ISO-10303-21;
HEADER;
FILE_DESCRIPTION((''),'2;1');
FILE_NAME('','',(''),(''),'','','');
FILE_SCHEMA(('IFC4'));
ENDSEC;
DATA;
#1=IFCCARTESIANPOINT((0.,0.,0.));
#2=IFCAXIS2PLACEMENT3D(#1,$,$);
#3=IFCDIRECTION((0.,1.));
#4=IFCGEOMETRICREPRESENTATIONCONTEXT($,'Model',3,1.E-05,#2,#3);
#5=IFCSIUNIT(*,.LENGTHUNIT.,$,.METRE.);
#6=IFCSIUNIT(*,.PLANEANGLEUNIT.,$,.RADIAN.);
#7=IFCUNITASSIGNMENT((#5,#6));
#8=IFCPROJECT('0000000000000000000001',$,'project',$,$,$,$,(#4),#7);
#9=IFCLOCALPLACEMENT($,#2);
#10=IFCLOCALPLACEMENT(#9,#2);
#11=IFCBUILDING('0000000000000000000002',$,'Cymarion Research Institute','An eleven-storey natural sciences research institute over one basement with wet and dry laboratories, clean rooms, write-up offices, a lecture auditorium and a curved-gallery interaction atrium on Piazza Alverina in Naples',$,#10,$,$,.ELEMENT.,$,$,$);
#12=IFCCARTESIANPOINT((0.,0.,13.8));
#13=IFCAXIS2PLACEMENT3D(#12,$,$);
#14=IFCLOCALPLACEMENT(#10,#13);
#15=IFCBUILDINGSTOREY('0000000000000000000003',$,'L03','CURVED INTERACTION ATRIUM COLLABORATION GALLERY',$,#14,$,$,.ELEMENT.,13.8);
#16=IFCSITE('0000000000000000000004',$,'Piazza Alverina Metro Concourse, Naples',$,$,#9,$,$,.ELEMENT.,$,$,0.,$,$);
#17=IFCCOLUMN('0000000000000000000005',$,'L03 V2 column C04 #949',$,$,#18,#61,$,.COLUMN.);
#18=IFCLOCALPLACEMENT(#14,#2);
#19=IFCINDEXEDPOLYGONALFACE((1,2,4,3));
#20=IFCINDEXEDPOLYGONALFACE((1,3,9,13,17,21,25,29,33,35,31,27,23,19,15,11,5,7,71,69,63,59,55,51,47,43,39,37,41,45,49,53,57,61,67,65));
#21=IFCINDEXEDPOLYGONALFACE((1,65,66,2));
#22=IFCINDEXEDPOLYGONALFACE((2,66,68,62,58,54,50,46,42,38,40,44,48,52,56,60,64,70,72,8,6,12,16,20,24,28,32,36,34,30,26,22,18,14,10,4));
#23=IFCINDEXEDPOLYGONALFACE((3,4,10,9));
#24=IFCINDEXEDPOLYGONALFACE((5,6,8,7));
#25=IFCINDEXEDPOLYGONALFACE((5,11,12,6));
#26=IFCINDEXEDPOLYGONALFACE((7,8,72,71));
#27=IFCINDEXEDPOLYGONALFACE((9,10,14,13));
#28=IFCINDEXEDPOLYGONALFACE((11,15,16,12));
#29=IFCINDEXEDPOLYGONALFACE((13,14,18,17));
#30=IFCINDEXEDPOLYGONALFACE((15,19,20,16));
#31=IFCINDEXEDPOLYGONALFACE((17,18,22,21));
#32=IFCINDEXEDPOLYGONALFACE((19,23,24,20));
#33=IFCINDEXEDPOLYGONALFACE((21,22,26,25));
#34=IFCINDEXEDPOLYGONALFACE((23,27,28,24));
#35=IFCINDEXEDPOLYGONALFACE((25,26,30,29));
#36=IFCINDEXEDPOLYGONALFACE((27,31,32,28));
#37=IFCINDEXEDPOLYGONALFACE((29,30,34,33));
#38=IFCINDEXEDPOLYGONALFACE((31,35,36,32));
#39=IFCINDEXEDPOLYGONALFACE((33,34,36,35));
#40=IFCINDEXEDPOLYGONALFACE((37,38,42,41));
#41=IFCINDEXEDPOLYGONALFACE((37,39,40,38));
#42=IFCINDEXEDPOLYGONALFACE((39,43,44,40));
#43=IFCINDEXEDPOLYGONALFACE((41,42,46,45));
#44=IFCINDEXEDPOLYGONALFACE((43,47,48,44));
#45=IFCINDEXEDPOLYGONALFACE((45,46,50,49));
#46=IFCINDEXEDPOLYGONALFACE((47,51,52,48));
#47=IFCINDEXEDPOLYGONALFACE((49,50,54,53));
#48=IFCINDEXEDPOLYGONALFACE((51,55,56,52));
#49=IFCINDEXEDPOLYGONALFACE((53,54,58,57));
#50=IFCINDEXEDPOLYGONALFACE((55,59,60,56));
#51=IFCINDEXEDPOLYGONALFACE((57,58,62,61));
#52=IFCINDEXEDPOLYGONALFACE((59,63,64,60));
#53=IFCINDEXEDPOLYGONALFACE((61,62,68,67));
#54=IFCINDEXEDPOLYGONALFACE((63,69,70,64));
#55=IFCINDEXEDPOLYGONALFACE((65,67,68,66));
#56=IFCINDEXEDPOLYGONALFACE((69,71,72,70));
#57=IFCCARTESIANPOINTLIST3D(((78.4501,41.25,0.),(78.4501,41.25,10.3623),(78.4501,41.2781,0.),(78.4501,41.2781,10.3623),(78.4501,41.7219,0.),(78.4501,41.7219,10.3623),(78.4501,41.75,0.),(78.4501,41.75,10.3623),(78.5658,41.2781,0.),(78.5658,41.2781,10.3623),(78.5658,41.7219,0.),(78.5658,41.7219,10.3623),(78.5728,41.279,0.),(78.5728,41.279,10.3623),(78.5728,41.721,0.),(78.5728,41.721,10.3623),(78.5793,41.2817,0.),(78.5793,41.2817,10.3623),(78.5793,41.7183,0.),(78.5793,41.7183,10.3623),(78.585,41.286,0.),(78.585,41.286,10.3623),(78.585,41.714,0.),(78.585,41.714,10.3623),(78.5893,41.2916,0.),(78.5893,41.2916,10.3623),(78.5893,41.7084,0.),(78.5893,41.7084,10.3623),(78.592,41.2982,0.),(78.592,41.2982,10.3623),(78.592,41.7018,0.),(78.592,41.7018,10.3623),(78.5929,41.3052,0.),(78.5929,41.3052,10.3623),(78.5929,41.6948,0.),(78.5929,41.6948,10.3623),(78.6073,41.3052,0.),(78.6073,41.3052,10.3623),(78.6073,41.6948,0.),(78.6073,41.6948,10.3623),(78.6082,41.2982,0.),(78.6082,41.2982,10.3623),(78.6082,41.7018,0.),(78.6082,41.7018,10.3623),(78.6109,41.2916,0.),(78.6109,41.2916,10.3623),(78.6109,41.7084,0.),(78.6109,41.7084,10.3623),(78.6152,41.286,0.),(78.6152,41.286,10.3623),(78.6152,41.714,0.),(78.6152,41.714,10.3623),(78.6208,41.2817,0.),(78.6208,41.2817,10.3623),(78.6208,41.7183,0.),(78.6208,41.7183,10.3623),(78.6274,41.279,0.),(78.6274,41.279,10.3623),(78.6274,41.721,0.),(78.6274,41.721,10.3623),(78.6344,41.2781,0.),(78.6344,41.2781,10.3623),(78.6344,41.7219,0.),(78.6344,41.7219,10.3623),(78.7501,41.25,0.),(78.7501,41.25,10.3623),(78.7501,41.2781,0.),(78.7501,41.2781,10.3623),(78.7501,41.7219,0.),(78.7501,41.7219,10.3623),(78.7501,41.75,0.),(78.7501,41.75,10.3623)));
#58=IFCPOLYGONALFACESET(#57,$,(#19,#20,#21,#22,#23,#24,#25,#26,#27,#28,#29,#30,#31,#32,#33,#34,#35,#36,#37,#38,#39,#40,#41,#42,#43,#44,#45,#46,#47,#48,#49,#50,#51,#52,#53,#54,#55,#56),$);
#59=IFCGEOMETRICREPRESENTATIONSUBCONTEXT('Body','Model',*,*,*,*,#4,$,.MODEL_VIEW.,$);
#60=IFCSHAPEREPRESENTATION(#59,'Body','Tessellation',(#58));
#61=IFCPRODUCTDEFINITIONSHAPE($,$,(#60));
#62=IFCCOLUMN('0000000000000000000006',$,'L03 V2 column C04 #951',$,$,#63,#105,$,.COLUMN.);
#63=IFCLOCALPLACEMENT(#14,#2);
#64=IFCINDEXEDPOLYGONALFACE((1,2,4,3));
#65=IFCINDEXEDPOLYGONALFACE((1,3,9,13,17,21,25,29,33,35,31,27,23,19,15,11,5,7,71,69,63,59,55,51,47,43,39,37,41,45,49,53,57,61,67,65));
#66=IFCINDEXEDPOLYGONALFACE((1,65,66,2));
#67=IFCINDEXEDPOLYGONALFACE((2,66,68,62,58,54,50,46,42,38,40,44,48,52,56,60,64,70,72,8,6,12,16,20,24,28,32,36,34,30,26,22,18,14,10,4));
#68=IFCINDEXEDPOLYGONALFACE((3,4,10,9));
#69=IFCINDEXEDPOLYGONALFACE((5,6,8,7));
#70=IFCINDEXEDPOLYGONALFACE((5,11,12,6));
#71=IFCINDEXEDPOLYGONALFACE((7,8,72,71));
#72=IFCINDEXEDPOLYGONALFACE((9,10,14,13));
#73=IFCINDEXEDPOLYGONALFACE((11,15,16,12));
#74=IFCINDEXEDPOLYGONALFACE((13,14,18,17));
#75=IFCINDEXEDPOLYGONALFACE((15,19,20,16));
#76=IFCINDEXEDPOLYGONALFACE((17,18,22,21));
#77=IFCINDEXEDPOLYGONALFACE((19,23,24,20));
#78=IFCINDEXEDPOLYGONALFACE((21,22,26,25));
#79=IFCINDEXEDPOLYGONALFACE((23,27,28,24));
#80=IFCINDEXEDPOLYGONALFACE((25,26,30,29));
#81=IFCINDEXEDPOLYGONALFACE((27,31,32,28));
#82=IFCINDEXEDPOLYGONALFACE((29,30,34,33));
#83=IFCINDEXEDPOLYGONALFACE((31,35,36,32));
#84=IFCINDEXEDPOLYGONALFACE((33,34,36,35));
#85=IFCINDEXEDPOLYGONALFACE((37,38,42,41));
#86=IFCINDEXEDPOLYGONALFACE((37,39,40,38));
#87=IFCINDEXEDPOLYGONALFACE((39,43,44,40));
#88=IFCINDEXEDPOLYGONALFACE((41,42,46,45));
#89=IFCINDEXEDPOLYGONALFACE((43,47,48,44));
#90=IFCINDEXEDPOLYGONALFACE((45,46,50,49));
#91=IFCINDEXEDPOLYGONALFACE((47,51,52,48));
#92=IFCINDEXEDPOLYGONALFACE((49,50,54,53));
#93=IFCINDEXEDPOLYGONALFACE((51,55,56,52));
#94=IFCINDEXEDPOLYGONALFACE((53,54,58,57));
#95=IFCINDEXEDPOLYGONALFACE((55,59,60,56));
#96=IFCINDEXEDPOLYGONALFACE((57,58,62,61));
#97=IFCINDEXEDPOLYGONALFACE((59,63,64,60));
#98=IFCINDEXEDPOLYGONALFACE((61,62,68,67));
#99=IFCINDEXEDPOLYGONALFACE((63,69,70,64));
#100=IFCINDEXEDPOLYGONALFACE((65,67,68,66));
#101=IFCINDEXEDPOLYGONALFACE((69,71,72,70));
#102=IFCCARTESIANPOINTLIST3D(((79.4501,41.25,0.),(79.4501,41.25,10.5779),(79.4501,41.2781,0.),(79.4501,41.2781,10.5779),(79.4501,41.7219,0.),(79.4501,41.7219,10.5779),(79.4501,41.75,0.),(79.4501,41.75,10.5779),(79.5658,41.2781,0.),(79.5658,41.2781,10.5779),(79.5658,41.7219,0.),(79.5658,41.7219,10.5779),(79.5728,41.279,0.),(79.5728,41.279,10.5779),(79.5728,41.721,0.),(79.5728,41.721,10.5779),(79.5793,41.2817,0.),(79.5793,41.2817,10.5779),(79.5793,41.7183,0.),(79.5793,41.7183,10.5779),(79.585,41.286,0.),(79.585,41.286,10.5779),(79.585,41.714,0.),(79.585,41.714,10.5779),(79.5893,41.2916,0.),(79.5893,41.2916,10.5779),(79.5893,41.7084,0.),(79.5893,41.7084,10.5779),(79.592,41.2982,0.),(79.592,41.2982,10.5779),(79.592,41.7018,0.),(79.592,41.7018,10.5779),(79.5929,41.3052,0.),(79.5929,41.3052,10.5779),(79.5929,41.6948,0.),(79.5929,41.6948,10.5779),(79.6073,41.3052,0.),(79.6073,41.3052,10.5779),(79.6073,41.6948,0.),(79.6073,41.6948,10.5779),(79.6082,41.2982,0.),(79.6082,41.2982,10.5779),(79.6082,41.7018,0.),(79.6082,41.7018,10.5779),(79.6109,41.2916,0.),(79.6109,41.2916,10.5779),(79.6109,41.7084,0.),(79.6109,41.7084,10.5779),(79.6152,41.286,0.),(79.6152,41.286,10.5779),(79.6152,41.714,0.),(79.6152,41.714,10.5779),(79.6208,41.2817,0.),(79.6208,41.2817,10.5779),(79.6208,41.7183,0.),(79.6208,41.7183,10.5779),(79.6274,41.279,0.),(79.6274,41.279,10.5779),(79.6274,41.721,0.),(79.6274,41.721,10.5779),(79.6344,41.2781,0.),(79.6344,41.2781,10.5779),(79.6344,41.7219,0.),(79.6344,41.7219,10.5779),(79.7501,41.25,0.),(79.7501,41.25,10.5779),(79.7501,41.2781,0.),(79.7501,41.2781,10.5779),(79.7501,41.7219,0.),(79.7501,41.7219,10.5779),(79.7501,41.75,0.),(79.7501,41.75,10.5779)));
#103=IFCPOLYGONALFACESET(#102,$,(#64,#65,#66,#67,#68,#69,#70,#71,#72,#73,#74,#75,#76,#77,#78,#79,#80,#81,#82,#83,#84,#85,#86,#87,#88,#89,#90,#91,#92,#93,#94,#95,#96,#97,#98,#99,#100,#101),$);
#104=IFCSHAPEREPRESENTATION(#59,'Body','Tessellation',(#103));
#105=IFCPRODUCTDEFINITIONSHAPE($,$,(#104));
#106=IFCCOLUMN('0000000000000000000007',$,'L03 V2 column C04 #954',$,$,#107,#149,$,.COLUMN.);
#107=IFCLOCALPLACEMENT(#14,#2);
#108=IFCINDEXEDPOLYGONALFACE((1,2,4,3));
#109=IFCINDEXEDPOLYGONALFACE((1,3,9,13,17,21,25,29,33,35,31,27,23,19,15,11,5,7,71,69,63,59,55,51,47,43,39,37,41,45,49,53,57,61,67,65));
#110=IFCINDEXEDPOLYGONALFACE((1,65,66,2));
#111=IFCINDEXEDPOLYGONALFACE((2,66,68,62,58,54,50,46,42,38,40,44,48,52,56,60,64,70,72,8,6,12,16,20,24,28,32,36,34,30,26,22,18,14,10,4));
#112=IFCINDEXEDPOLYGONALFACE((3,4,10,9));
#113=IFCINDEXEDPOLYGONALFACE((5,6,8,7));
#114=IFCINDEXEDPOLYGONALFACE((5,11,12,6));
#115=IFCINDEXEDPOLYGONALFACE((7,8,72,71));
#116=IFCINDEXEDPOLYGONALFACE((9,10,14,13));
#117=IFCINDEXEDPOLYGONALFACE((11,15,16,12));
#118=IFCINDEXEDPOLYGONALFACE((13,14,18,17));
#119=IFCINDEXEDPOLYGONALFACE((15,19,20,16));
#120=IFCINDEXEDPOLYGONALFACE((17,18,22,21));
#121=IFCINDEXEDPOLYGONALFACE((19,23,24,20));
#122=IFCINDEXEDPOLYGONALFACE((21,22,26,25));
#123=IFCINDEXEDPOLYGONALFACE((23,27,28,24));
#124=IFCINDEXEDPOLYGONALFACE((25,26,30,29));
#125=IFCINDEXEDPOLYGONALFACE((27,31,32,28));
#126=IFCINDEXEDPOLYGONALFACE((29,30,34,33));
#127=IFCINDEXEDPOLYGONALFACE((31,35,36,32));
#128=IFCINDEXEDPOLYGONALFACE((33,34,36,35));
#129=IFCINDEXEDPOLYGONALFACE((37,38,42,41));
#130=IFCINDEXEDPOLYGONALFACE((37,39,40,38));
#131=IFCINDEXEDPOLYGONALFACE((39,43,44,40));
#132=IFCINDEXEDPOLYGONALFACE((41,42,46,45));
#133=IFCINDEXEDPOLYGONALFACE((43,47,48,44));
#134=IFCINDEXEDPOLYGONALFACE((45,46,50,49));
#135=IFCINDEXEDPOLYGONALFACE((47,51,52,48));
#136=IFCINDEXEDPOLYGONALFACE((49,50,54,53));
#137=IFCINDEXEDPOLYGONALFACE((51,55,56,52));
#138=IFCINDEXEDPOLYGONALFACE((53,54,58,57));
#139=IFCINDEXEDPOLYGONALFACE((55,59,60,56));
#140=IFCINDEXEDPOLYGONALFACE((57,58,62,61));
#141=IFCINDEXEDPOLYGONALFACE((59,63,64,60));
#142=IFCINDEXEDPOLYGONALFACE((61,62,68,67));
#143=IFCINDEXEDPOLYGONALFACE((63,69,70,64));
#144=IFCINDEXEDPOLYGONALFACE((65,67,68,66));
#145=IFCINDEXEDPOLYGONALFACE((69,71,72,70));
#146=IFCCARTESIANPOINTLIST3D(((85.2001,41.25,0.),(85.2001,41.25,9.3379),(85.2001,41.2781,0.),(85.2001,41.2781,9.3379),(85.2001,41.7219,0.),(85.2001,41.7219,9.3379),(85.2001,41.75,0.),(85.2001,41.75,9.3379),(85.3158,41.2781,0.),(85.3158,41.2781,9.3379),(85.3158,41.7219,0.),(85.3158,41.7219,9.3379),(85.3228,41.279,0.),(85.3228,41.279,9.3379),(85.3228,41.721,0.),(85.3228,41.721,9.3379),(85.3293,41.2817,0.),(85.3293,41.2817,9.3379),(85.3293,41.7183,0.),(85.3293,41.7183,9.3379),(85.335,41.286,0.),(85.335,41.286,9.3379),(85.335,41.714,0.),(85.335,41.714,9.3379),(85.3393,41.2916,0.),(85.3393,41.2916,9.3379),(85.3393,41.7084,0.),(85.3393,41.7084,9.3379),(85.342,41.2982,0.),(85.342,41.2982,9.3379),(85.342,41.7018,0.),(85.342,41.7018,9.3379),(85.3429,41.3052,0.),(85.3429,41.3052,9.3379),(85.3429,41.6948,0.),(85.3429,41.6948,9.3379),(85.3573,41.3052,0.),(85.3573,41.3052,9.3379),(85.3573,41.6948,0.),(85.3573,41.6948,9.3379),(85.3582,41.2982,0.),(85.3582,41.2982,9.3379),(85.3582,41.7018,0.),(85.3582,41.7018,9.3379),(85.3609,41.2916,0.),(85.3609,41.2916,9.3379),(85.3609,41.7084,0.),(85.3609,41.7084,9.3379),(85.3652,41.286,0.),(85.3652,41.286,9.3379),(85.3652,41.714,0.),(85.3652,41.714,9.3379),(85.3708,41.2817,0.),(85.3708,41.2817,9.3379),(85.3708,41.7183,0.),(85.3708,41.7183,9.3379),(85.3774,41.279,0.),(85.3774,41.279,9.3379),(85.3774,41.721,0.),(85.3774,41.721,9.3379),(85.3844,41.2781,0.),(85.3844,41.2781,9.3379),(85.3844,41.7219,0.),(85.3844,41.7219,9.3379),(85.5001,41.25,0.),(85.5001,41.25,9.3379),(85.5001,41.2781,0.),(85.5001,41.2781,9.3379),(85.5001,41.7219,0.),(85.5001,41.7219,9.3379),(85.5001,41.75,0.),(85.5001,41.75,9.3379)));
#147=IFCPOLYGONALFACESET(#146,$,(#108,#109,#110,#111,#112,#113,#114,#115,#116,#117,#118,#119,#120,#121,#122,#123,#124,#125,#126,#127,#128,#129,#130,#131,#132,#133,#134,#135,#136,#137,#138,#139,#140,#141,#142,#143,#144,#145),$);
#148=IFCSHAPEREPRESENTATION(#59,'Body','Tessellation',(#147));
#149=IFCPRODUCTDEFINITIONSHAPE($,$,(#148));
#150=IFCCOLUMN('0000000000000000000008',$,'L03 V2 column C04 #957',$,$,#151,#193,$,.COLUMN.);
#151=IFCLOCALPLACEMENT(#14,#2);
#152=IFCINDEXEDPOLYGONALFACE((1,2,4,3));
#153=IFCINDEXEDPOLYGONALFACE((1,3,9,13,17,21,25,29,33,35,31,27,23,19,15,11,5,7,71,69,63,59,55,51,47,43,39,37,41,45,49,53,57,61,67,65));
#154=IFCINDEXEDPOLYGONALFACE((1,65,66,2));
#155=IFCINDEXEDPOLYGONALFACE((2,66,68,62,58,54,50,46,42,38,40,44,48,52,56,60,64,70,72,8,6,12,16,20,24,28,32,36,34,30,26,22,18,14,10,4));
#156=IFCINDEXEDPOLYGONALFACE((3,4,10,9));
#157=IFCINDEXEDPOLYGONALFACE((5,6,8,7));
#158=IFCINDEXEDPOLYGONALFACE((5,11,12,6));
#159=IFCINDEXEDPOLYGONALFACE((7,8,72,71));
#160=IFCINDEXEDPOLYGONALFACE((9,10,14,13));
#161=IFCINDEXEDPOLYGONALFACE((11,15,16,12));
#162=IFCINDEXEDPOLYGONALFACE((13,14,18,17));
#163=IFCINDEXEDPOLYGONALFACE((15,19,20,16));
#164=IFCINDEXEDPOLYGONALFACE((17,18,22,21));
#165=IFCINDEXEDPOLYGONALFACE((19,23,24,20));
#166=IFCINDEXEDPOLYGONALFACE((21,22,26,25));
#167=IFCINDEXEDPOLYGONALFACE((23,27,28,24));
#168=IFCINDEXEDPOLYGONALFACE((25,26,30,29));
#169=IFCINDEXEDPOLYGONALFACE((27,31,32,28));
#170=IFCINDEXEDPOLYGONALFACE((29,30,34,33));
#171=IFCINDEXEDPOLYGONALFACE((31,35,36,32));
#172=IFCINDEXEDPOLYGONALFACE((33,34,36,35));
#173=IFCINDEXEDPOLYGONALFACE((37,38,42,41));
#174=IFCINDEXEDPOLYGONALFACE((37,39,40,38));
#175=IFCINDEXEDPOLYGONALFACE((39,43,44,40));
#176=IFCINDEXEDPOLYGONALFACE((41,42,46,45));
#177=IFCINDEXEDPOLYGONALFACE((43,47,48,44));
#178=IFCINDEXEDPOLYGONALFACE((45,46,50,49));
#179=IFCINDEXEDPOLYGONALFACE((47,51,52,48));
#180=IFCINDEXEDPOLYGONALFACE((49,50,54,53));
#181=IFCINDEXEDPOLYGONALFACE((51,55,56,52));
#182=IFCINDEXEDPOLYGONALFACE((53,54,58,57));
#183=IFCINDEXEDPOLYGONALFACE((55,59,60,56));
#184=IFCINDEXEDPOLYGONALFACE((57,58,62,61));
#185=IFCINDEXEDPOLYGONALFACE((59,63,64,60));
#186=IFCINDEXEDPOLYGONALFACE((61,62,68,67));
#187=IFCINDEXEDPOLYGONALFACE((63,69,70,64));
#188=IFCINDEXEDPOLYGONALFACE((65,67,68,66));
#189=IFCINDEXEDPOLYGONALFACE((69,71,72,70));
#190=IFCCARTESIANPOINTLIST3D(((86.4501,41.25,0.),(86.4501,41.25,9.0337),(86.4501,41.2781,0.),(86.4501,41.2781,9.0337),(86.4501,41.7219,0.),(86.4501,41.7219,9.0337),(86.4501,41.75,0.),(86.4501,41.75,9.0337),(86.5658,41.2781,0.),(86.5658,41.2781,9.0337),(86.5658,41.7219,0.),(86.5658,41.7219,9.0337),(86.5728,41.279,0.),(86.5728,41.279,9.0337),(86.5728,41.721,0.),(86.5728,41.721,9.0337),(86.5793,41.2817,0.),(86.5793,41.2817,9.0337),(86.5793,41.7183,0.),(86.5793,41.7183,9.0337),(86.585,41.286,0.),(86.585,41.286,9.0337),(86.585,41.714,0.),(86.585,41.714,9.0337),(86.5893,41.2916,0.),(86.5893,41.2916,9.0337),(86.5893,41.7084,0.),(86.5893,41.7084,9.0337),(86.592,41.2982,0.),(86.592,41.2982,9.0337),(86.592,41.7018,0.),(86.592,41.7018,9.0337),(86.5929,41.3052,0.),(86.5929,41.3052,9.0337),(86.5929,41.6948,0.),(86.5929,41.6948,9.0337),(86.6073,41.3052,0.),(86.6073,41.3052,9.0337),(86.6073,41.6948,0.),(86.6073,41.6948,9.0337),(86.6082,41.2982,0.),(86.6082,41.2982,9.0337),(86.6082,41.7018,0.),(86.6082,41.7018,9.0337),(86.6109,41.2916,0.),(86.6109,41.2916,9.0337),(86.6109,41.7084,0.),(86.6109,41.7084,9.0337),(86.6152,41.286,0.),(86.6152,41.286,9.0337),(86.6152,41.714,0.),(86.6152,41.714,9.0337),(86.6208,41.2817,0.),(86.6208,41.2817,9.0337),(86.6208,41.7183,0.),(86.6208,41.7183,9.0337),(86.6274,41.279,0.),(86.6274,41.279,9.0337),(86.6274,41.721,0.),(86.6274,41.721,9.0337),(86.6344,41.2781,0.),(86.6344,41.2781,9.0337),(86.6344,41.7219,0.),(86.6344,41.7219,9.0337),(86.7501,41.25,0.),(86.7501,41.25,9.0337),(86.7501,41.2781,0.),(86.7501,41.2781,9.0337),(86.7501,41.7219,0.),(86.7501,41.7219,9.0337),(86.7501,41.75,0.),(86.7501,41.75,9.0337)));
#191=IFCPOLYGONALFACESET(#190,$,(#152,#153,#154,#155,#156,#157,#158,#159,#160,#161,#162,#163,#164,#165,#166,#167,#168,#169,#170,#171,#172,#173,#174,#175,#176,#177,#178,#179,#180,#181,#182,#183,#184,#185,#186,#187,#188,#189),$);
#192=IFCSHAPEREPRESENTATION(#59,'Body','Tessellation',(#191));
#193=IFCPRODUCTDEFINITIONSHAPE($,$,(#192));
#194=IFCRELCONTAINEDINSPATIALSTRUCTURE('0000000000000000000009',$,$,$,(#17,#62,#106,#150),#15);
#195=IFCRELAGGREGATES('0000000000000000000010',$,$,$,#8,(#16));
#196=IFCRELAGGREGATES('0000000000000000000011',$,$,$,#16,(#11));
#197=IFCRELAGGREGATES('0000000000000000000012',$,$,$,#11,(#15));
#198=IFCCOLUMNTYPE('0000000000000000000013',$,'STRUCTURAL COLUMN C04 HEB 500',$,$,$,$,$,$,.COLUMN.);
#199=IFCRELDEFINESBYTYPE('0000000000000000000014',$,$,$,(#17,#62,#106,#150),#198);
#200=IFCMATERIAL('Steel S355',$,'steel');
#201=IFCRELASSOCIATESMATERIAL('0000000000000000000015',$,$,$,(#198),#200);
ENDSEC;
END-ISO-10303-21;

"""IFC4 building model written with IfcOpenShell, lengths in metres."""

from ifc_helpers import new_model, si_unit, direction, frame, origin, origin_2d, place, context, subcontext, project, spatial, i_section, extrude, material, material_profile, profile_set, type_object, element, save


model = new_model("IFC4")

# Units and contexts
model_context = context("Model", 3, precision=1e-05, world=origin(), true_north=direction((0.0, 1.0)))
body_context = subcontext(model_context, "Body", "Model", "MODEL_VIEW")
ifc_project = project(units=[si_unit("LENGTHUNIT", "METRE"), si_unit("PLANEANGLEUNIT", "RADIAN")], contexts=[model_context])

# Site, building, storey
site_placement = place(None, origin())
site = spatial("IfcSite", under=ifc_project, at=site_placement, Name="Piazza Alverina Metro Concourse, Naples", CompositionType="ELEMENT", RefElevation=0.0)
building_placement = place(site_placement, origin())
building = spatial("IfcBuilding", under=site, at=building_placement, Name="Cymarion Research Institute", Description="An eleven-storey natural sciences research institute over one basement with wet and dry laboratories, clean rooms, write-up offices, a lecture auditorium and a curved-gallery interaction atrium on Piazza Alverina in Naples", CompositionType="ELEMENT")
storey_placement = place(building_placement, frame((0.0, 0.0, 13.8)))
storey = spatial("IfcBuildingStorey", under=building, at=storey_placement, Name="L03", Description="CURVED INTERACTION ATRIUM COLLABORATION GALLERY", CompositionType="ELEMENT", Elevation=13.8)

# Columns
ifc_material_1 = material(Name="Steel S355", Category="steel")
ifc_material_profile_1 = material_profile(ifc_material_1, i_section(OverallWidth=0.3, OverallDepth=0.5, WebThickness=0.0144, FlangeThickness=0.0281, FilletRadius=0.0271, at=origin_2d()), Name="HEB 500")
ifc_profile_set_1 = profile_set([ifc_material_profile_1], Name="Steel S355")
column_type = type_object("IfcColumnType", Name="STRUCTURAL COLUMN C04 HEB 500", PredefinedType="COLUMN", material=ifc_profile_set_1)
column_1_placement = place(storey_placement, frame((78.6001, 41.5, 0.0), z_axis=(0.0, 0.0, 1.0), x_axis=(1.0, 0.0, 0.0)))
element("IfcColumn", 1, at=column_1_placement, inside=storey, type_object=column_type, Name="L03 V2 column C04 #949", PredefinedType="COLUMN", context=body_context, shape_type="SweptSolid", body=[
    extrude(i_section(OverallWidth=0.3, OverallDepth=0.5, WebThickness=0.0144, FlangeThickness=0.0281, FilletRadius=0.0271, at=origin_2d()), origin(), (0.0, 0.0, 1.0), 10.3623),
])
column_2_placement = place(storey_placement, frame((79.6001, 41.5, 0.0), z_axis=(0.0, 0.0, 1.0), x_axis=(1.0, 0.0, 0.0)))
element("IfcColumn", 2, at=column_2_placement, inside=storey, type_object=column_type, Name="L03 V2 column C04 #951", PredefinedType="COLUMN", context=body_context, shape_type="SweptSolid", body=[
    extrude(i_section(OverallWidth=0.3, OverallDepth=0.5, WebThickness=0.0144, FlangeThickness=0.0281, FilletRadius=0.0271, at=origin_2d()), origin(), (0.0, 0.0, 1.0), 10.5779),
])
column_3_placement = place(storey_placement, frame((85.3501, 41.5, 0.0), z_axis=(0.0, 0.0, 1.0), x_axis=(1.0, 0.0, 0.0)))
element("IfcColumn", 3, at=column_3_placement, inside=storey, type_object=column_type, Name="L03 V2 column C04 #954", PredefinedType="COLUMN", context=body_context, shape_type="SweptSolid", body=[
    extrude(i_section(OverallWidth=0.3, OverallDepth=0.5, WebThickness=0.0144, FlangeThickness=0.0281, FilletRadius=0.0271, at=origin_2d()), origin(), (0.0, 0.0, 1.0), 9.3379),
])
column_4_placement = place(storey_placement, frame((86.6001, 41.5, 0.0), z_axis=(0.0, 0.0, 1.0), x_axis=(1.0, 0.0, 0.0)))
element("IfcColumn", 4, at=column_4_placement, inside=storey, type_object=column_type, Name="L03 V2 column C04 #957", PredefinedType="COLUMN", context=body_context, shape_type="SweptSolid", body=[
    extrude(i_section(OverallWidth=0.3, OverallDepth=0.5, WebThickness=0.0144, FlangeThickness=0.0281, FilletRadius=0.0271, at=origin_2d()), origin(), (0.0, 0.0, 1.0), 9.0337),
])

save(model, "model.ifc")
